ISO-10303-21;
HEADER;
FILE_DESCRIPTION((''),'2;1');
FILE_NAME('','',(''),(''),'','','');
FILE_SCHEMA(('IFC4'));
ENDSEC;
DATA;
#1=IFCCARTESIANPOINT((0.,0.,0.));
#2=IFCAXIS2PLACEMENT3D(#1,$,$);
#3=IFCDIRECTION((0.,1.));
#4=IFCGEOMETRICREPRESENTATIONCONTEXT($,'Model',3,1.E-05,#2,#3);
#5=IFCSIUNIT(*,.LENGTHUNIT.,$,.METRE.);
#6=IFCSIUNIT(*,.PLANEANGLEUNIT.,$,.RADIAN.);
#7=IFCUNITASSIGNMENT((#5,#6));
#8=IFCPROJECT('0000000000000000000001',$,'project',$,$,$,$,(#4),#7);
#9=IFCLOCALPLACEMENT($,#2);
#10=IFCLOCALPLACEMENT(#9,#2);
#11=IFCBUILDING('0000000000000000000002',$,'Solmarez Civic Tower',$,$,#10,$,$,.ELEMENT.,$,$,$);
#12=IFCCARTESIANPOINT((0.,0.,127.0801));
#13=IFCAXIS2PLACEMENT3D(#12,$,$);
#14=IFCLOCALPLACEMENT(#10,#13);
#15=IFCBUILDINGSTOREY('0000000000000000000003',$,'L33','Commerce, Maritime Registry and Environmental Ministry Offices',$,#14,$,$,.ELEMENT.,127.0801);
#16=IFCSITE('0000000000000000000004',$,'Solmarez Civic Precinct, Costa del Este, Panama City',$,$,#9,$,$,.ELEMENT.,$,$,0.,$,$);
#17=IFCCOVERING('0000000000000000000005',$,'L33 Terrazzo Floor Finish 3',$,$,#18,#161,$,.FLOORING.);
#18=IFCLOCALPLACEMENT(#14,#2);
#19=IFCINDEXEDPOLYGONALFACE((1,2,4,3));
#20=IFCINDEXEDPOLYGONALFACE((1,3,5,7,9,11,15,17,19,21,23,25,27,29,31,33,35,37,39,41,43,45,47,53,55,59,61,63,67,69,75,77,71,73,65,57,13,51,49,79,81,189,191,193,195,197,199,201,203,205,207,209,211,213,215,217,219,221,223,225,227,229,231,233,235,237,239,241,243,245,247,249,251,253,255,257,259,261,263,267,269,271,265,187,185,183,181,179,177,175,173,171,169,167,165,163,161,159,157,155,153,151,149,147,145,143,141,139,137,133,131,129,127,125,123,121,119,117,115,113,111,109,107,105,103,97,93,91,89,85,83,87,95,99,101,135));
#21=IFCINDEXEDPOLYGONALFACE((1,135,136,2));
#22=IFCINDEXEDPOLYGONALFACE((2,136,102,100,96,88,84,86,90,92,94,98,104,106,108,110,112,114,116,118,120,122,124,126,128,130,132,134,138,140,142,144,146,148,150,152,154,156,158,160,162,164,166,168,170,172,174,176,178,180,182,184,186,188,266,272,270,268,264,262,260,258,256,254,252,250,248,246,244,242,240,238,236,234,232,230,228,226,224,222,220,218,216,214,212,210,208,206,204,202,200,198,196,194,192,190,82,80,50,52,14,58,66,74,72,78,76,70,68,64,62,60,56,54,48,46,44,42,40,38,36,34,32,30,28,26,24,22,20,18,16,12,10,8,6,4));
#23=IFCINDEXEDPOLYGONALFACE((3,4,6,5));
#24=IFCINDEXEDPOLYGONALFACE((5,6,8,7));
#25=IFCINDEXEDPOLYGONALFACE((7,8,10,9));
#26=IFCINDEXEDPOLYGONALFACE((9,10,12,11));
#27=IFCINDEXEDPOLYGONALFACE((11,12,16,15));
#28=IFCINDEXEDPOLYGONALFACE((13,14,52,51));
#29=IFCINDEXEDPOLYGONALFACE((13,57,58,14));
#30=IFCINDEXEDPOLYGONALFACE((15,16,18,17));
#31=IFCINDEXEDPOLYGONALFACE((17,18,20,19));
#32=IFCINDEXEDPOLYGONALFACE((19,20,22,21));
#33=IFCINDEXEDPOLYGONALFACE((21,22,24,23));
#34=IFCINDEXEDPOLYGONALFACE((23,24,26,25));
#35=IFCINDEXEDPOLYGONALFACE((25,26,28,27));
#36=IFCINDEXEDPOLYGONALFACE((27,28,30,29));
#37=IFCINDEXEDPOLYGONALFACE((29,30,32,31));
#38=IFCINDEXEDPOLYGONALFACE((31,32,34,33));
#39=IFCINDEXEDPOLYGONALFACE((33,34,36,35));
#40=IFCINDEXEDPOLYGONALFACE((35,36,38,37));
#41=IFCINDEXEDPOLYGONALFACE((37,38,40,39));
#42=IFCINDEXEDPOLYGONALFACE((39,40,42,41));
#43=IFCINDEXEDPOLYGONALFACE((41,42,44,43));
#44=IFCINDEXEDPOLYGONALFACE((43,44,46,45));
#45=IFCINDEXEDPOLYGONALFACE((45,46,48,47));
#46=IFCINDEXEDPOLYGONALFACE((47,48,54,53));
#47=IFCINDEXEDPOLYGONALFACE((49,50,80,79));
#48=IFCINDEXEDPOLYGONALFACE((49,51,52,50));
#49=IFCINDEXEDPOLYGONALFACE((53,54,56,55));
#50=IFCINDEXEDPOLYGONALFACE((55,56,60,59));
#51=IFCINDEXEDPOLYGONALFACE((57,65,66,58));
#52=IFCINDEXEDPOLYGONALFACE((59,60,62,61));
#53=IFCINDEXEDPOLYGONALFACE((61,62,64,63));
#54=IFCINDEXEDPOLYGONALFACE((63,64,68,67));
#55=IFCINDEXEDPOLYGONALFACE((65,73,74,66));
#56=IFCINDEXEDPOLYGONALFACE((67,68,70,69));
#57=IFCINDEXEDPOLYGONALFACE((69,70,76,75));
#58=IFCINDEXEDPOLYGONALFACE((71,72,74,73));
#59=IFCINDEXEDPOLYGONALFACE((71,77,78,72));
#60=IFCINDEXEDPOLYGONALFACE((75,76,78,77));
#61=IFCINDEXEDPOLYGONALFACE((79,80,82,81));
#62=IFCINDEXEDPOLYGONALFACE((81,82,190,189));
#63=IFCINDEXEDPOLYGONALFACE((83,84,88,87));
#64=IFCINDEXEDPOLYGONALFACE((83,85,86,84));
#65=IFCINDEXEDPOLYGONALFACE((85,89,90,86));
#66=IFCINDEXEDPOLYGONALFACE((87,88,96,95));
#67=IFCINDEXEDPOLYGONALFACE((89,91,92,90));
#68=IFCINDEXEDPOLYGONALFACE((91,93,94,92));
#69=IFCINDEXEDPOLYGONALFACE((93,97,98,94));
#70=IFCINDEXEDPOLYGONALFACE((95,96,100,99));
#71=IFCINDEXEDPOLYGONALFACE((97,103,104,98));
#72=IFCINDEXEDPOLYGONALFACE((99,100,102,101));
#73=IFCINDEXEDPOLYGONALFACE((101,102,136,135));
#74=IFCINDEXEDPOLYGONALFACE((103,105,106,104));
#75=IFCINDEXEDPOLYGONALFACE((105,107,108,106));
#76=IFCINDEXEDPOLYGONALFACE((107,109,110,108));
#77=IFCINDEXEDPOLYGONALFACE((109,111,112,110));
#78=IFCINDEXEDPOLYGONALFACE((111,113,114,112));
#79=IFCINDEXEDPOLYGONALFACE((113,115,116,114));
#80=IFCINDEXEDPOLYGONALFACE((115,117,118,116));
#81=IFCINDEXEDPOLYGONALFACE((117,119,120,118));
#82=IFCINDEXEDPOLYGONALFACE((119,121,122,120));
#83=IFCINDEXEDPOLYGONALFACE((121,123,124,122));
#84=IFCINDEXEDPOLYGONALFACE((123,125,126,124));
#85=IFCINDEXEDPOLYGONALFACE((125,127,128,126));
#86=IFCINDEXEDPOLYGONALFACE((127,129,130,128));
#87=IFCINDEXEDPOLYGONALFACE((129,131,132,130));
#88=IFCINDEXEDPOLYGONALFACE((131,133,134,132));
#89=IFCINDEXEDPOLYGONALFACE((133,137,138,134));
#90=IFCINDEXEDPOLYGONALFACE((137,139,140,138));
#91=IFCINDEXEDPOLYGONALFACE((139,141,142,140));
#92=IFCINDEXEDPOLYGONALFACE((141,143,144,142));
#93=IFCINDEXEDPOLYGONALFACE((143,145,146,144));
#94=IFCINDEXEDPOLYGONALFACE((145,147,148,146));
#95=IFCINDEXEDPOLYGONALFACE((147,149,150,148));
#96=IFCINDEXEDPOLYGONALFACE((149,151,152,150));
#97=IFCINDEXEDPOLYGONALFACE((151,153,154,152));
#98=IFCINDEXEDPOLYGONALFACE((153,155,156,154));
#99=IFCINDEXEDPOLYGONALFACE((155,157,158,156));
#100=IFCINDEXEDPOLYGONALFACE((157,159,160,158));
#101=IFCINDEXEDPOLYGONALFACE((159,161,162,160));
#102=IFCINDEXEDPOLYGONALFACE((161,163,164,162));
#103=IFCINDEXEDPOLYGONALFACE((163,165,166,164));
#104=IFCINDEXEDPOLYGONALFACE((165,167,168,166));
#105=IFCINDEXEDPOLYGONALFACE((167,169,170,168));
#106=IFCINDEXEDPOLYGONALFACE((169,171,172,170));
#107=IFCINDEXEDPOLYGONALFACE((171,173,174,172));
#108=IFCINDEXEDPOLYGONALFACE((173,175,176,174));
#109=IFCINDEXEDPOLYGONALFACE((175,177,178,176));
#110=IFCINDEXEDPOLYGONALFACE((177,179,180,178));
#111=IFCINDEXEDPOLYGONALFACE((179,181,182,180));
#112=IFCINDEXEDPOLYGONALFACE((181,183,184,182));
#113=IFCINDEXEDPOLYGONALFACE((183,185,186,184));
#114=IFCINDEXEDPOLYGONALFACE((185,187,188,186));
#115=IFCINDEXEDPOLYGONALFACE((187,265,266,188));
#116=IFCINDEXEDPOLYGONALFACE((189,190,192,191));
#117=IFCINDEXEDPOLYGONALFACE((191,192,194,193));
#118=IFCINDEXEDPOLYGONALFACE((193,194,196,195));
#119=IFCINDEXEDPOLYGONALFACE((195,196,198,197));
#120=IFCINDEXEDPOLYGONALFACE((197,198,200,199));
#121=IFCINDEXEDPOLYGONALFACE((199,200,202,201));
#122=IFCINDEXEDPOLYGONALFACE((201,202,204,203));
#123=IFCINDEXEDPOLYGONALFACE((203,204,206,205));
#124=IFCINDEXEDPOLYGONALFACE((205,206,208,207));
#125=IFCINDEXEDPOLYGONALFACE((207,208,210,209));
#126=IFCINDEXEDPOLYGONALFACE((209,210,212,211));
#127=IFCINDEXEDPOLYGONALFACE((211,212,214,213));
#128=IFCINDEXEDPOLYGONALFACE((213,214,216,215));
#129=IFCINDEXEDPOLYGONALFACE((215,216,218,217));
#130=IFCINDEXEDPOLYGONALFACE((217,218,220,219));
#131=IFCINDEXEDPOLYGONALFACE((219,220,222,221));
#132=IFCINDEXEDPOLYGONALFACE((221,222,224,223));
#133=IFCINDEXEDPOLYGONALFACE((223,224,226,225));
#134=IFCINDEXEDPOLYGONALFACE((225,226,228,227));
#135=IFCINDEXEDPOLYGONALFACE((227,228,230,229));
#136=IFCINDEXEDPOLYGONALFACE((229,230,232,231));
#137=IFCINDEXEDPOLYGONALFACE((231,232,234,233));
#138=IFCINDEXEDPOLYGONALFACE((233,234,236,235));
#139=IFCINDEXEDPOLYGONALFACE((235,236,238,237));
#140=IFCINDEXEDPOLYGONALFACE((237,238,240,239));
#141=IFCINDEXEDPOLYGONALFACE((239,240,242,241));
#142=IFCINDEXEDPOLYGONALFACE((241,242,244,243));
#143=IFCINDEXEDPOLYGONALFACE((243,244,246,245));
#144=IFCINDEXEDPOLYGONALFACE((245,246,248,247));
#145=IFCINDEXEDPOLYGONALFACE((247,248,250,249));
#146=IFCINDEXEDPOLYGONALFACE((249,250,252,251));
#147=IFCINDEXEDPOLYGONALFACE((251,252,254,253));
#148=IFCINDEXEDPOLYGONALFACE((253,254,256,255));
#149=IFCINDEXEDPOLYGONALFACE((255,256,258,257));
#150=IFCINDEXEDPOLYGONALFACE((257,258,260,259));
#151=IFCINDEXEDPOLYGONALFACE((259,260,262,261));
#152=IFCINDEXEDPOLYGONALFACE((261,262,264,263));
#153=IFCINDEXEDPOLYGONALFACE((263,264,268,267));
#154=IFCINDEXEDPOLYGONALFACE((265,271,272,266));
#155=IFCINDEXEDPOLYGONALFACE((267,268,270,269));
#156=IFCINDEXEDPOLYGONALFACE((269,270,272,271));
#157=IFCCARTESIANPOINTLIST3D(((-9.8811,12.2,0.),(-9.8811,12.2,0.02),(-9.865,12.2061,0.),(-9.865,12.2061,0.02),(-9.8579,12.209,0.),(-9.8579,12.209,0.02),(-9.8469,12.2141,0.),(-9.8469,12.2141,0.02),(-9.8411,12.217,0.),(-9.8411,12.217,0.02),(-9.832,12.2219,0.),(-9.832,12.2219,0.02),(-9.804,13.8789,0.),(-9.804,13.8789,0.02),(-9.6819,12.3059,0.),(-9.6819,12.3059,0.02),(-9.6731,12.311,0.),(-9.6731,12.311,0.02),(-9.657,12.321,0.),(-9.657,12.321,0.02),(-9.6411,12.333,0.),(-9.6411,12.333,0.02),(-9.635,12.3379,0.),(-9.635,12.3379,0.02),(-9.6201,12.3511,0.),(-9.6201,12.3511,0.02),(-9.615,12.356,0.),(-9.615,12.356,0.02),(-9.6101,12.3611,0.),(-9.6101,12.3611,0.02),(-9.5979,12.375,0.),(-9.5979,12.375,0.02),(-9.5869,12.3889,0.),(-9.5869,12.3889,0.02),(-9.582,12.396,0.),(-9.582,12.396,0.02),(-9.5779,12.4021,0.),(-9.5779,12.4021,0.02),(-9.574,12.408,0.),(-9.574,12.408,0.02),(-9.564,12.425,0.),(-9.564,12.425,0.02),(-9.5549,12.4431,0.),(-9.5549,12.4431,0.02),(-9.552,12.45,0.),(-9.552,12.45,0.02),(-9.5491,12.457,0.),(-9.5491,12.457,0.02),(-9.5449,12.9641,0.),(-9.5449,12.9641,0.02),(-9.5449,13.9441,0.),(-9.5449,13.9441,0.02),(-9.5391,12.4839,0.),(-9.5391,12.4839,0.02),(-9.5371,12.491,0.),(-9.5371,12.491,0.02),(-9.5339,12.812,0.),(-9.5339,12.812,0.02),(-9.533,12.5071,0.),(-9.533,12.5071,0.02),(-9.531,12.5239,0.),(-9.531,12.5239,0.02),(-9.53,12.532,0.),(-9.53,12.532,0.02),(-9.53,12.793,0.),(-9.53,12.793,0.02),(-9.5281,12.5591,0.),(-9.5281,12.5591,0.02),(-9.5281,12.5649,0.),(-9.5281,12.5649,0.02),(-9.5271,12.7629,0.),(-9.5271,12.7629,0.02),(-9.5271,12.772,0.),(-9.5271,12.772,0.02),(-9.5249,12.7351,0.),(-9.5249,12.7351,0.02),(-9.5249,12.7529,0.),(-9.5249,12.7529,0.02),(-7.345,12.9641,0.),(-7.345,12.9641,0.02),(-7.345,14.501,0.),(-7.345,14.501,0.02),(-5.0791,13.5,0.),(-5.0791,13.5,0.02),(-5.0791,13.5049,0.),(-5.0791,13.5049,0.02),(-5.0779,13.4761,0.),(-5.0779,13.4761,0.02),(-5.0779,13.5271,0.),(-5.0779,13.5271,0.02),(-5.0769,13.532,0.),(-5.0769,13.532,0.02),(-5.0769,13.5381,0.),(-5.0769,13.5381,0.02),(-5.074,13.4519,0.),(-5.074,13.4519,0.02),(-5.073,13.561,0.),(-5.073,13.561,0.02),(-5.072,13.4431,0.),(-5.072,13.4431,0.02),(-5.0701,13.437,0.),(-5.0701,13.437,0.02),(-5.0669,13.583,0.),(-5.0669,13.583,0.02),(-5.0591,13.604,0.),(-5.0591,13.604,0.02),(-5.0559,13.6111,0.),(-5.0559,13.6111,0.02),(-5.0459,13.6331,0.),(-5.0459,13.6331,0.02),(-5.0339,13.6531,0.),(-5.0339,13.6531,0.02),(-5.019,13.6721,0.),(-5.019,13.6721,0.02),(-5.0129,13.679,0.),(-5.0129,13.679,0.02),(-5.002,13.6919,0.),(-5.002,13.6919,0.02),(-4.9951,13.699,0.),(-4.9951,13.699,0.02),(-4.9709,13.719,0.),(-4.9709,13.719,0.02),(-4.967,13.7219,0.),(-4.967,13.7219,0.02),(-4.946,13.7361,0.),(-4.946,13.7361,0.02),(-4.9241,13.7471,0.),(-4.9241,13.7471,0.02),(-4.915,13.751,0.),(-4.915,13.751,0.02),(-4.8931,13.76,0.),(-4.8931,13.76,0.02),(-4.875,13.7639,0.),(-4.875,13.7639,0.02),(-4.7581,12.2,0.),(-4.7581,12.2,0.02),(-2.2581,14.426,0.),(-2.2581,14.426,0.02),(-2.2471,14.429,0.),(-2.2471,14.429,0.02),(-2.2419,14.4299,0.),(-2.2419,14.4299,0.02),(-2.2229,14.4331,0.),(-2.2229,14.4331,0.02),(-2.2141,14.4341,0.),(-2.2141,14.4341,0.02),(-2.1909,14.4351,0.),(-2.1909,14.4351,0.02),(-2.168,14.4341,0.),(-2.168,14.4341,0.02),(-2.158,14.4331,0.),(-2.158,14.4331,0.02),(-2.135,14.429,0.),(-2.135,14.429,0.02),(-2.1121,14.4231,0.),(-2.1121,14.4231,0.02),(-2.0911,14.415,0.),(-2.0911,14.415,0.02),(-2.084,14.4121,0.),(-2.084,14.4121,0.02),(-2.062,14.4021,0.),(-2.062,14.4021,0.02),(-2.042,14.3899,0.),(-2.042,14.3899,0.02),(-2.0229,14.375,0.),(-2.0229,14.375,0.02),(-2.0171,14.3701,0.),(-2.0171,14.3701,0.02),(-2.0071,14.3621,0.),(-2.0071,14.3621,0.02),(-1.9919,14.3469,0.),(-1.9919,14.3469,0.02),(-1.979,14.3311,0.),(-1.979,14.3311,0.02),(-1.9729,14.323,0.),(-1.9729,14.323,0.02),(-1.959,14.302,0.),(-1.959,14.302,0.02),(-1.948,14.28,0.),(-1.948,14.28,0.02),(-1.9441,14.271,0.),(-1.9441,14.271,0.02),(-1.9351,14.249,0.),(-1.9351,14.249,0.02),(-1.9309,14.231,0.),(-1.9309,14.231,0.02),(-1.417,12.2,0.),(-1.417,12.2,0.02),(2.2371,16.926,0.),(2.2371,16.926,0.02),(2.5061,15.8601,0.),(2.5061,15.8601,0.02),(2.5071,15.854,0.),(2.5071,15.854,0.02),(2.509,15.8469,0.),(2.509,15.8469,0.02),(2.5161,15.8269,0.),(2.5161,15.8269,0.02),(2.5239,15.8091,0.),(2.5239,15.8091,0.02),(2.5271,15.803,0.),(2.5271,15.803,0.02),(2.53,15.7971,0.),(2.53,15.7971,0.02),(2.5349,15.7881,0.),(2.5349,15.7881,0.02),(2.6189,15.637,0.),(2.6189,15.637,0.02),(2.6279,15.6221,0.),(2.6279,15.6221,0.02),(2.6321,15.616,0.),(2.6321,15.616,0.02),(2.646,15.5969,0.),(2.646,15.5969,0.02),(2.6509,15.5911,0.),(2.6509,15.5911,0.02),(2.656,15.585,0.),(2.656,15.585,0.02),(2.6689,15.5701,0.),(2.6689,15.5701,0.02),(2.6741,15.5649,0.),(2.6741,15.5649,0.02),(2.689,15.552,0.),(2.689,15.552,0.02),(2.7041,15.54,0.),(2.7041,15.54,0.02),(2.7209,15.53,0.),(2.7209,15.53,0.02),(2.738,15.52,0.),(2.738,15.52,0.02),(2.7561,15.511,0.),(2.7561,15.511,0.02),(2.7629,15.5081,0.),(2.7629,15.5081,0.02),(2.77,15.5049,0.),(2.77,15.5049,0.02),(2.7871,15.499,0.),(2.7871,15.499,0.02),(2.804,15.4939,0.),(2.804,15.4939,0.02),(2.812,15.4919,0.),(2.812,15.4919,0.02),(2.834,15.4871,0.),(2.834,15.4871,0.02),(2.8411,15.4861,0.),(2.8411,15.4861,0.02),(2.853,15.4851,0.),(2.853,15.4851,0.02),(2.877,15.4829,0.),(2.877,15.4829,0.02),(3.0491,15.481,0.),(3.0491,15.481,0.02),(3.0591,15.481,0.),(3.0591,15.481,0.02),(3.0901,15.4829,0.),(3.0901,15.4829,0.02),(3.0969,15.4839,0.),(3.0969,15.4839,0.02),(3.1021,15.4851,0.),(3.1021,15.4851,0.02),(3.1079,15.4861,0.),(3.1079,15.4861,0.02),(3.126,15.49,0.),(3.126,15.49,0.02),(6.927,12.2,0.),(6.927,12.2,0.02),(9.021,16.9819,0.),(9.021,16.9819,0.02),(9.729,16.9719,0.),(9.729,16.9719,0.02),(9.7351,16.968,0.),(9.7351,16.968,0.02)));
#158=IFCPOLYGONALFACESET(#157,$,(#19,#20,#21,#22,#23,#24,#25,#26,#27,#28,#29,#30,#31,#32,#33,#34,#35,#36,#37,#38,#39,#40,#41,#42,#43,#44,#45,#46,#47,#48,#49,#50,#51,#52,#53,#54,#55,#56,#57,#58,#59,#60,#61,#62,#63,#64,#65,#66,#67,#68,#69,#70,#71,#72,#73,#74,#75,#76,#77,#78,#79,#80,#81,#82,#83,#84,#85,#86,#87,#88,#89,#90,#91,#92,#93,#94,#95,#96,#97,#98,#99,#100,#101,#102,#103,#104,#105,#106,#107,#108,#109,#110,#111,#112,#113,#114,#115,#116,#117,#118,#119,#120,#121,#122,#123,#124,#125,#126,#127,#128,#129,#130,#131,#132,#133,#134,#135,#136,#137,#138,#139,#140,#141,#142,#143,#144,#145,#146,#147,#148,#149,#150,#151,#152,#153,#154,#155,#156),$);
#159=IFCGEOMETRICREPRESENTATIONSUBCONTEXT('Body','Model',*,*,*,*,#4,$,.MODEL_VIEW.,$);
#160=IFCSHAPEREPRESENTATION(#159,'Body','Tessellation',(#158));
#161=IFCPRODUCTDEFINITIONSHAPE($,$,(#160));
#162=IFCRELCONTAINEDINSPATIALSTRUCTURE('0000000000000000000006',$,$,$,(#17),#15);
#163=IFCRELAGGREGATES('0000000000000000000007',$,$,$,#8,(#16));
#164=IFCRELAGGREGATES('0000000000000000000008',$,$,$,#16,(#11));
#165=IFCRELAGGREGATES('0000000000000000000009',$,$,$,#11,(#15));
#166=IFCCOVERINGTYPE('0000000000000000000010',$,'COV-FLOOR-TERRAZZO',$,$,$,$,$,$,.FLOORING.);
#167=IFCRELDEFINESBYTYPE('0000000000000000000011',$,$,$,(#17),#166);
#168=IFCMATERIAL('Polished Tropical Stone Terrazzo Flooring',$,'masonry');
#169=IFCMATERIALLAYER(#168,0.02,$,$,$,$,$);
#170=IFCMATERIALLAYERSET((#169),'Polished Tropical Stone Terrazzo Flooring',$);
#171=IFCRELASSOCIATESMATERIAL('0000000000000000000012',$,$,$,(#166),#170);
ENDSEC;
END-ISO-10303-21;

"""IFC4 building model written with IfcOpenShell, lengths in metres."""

from ifc_helpers import new_model, si_unit, direction, frame, origin, place, context, subcontext, project, spatial, polyline, outline, extrude, material, layer, layer_set, type_object, element, save


model = new_model("IFC4")

# Units and contexts
model_context = context("Model", 3, precision=1e-05, world=origin(), true_north=direction((0.0, 1.0)))
body_context = subcontext(model_context, "Body", "Model", "MODEL_VIEW")
ifc_project = project(units=[si_unit("LENGTHUNIT", "METRE"), si_unit("PLANEANGLEUNIT", "RADIAN")], contexts=[model_context])

# Site, building, storey
site_placement = place(None, origin())
site = spatial("IfcSite", under=ifc_project, at=site_placement, Name="Solmarez Civic Precinct, Costa del Este, Panama City", CompositionType="ELEMENT", RefElevation=0.0)
building_placement = place(site_placement, origin())
building = spatial("IfcBuilding", under=site, at=building_placement, Name="Solmarez Civic Tower", CompositionType="ELEMENT")
storey_placement = place(building_placement, frame((0.0, 0.0, 127.0801)))
storey = spatial("IfcBuildingStorey", under=building, at=storey_placement, Name="L33", Description="Commerce, Maritime Registry and Environmental Ministry Offices", CompositionType="ELEMENT", Elevation=127.0801)

# Covering
ifc_material_1 = material(Name="Polished Tropical Stone Terrazzo Flooring", Category="masonry")
ifc_layer_1 = layer(ifc_material_1, 0.02)
ifc_layer_set_1 = layer_set([ifc_layer_1], Name="Polished Tropical Stone Terrazzo Flooring")
covering_type_1 = type_object("IfcCoveringType", Name="COV-FLOOR-TERRAZZO", PredefinedType="FLOORING", material=ifc_layer_set_1)
covering_1_placement = place(storey_placement, origin())
element("IfcCovering", 1, at=covering_1_placement, inside=storey, type_object=covering_type_1, Name="L33 Terrazzo Floor Finish 3", PredefinedType="FLOORING", context=body_context, shape_type="SweptSolid", body=[
    extrude(outline(polyline([(-9.804, 13.8789), (-9.5339, 12.812), (-9.53, 12.793), (-9.5271, 12.772), (-9.5271, 12.7629), (-9.5249, 12.7529), (-9.5249, 12.7351), (-9.5281, 12.5649), (-9.5281, 12.5591), (-9.53, 12.532), (-9.531, 12.5239), (-9.533, 12.5071), (-9.5371, 12.491), (-9.5391, 12.4839), (-9.5491, 12.457), (-9.552, 12.45), (-9.5549, 12.4431), (-9.564, 12.425), (-9.574, 12.408), (-9.5779, 12.4021), (-9.582, 12.396), (-9.5869, 12.3889), (-9.5979, 12.375), (-9.6101, 12.3611), (-9.615, 12.356), (-9.6201, 12.3511), (-9.635, 12.3379), (-9.6411, 12.333), (-9.657, 12.321), (-9.6731, 12.311), (-9.6819, 12.3059), (-9.832, 12.2219), (-9.8411, 12.217), (-9.8469, 12.2141), (-9.8579, 12.209), (-9.865, 12.2061), (-9.8811, 12.2), (-4.7581, 12.2), (-5.0701, 13.437), (-5.072, 13.4431), (-5.074, 13.4519), (-5.0779, 13.4761), (-5.0791, 13.5), (-5.0791, 13.5049), (-5.0779, 13.5271), (-5.0769, 13.532), (-5.0769, 13.5381), (-5.073, 13.561), (-5.0669, 13.583), (-5.0591, 13.604), (-5.0559, 13.6111), (-5.0459, 13.6331), (-5.0339, 13.6531), (-5.019, 13.6721), (-5.0129, 13.679), (-5.002, 13.6919), (-4.9951, 13.699), (-4.9709, 13.719), (-4.967, 13.7219), (-4.946, 13.7361), (-4.9241, 13.7471), (-4.915, 13.751), (-4.8931, 13.76), (-4.875, 13.7639), (-2.2581, 14.426), (-2.2471, 14.429), (-2.2419, 14.4299), (-2.2229, 14.4331), (-2.2141, 14.4341), (-2.1909, 14.4351), (-2.168, 14.4341), (-2.158, 14.4331), (-2.135, 14.429), (-2.1121, 14.4231), (-2.0911, 14.415), (-2.084, 14.4121), (-2.062, 14.4021), (-2.042, 14.3899), (-2.0229, 14.375), (-2.0171, 14.3701), (-2.0071, 14.3621), (-1.9919, 14.3469), (-1.979, 14.3311), (-1.9729, 14.323), (-1.959, 14.302), (-1.948, 14.28), (-1.9441, 14.271), (-1.9351, 14.249), (-1.9309, 14.231), (-1.417, 12.2), (6.927, 12.2), (9.7351, 16.968), (9.729, 16.9719), (9.021, 16.9819), (3.126, 15.49), (3.1079, 15.4861), (3.1021, 15.4851), (3.0969, 15.4839), (3.0901, 15.4829), (3.0591, 15.481), (3.0491, 15.481), (2.877, 15.4829), (2.853, 15.4851), (2.8411, 15.4861), (2.834, 15.4871), (2.812, 15.4919), (2.804, 15.4939), (2.7871, 15.499), (2.77, 15.5049), (2.7629, 15.5081), (2.7561, 15.511), (2.738, 15.52), (2.7209, 15.53), (2.7041, 15.54), (2.689, 15.552), (2.6741, 15.5649), (2.6689, 15.5701), (2.656, 15.585), (2.6509, 15.5911), (2.646, 15.5969), (2.6321, 15.616), (2.6279, 15.6221), (2.6189, 15.637), (2.5349, 15.7881), (2.53, 15.7971), (2.5271, 15.803), (2.5239, 15.8091), (2.5161, 15.8269), (2.509, 15.8469), (2.5071, 15.854), (2.5061, 15.8601), (2.2371, 16.926), (-7.345, 14.501), (-7.345, 12.9641), (-9.5449, 12.9641), (-9.5449, 13.9441), (-9.804, 13.8789)])), origin(), (0.0, 0.0, 1.0), 0.02),
])

save(model, "model.ifc")
